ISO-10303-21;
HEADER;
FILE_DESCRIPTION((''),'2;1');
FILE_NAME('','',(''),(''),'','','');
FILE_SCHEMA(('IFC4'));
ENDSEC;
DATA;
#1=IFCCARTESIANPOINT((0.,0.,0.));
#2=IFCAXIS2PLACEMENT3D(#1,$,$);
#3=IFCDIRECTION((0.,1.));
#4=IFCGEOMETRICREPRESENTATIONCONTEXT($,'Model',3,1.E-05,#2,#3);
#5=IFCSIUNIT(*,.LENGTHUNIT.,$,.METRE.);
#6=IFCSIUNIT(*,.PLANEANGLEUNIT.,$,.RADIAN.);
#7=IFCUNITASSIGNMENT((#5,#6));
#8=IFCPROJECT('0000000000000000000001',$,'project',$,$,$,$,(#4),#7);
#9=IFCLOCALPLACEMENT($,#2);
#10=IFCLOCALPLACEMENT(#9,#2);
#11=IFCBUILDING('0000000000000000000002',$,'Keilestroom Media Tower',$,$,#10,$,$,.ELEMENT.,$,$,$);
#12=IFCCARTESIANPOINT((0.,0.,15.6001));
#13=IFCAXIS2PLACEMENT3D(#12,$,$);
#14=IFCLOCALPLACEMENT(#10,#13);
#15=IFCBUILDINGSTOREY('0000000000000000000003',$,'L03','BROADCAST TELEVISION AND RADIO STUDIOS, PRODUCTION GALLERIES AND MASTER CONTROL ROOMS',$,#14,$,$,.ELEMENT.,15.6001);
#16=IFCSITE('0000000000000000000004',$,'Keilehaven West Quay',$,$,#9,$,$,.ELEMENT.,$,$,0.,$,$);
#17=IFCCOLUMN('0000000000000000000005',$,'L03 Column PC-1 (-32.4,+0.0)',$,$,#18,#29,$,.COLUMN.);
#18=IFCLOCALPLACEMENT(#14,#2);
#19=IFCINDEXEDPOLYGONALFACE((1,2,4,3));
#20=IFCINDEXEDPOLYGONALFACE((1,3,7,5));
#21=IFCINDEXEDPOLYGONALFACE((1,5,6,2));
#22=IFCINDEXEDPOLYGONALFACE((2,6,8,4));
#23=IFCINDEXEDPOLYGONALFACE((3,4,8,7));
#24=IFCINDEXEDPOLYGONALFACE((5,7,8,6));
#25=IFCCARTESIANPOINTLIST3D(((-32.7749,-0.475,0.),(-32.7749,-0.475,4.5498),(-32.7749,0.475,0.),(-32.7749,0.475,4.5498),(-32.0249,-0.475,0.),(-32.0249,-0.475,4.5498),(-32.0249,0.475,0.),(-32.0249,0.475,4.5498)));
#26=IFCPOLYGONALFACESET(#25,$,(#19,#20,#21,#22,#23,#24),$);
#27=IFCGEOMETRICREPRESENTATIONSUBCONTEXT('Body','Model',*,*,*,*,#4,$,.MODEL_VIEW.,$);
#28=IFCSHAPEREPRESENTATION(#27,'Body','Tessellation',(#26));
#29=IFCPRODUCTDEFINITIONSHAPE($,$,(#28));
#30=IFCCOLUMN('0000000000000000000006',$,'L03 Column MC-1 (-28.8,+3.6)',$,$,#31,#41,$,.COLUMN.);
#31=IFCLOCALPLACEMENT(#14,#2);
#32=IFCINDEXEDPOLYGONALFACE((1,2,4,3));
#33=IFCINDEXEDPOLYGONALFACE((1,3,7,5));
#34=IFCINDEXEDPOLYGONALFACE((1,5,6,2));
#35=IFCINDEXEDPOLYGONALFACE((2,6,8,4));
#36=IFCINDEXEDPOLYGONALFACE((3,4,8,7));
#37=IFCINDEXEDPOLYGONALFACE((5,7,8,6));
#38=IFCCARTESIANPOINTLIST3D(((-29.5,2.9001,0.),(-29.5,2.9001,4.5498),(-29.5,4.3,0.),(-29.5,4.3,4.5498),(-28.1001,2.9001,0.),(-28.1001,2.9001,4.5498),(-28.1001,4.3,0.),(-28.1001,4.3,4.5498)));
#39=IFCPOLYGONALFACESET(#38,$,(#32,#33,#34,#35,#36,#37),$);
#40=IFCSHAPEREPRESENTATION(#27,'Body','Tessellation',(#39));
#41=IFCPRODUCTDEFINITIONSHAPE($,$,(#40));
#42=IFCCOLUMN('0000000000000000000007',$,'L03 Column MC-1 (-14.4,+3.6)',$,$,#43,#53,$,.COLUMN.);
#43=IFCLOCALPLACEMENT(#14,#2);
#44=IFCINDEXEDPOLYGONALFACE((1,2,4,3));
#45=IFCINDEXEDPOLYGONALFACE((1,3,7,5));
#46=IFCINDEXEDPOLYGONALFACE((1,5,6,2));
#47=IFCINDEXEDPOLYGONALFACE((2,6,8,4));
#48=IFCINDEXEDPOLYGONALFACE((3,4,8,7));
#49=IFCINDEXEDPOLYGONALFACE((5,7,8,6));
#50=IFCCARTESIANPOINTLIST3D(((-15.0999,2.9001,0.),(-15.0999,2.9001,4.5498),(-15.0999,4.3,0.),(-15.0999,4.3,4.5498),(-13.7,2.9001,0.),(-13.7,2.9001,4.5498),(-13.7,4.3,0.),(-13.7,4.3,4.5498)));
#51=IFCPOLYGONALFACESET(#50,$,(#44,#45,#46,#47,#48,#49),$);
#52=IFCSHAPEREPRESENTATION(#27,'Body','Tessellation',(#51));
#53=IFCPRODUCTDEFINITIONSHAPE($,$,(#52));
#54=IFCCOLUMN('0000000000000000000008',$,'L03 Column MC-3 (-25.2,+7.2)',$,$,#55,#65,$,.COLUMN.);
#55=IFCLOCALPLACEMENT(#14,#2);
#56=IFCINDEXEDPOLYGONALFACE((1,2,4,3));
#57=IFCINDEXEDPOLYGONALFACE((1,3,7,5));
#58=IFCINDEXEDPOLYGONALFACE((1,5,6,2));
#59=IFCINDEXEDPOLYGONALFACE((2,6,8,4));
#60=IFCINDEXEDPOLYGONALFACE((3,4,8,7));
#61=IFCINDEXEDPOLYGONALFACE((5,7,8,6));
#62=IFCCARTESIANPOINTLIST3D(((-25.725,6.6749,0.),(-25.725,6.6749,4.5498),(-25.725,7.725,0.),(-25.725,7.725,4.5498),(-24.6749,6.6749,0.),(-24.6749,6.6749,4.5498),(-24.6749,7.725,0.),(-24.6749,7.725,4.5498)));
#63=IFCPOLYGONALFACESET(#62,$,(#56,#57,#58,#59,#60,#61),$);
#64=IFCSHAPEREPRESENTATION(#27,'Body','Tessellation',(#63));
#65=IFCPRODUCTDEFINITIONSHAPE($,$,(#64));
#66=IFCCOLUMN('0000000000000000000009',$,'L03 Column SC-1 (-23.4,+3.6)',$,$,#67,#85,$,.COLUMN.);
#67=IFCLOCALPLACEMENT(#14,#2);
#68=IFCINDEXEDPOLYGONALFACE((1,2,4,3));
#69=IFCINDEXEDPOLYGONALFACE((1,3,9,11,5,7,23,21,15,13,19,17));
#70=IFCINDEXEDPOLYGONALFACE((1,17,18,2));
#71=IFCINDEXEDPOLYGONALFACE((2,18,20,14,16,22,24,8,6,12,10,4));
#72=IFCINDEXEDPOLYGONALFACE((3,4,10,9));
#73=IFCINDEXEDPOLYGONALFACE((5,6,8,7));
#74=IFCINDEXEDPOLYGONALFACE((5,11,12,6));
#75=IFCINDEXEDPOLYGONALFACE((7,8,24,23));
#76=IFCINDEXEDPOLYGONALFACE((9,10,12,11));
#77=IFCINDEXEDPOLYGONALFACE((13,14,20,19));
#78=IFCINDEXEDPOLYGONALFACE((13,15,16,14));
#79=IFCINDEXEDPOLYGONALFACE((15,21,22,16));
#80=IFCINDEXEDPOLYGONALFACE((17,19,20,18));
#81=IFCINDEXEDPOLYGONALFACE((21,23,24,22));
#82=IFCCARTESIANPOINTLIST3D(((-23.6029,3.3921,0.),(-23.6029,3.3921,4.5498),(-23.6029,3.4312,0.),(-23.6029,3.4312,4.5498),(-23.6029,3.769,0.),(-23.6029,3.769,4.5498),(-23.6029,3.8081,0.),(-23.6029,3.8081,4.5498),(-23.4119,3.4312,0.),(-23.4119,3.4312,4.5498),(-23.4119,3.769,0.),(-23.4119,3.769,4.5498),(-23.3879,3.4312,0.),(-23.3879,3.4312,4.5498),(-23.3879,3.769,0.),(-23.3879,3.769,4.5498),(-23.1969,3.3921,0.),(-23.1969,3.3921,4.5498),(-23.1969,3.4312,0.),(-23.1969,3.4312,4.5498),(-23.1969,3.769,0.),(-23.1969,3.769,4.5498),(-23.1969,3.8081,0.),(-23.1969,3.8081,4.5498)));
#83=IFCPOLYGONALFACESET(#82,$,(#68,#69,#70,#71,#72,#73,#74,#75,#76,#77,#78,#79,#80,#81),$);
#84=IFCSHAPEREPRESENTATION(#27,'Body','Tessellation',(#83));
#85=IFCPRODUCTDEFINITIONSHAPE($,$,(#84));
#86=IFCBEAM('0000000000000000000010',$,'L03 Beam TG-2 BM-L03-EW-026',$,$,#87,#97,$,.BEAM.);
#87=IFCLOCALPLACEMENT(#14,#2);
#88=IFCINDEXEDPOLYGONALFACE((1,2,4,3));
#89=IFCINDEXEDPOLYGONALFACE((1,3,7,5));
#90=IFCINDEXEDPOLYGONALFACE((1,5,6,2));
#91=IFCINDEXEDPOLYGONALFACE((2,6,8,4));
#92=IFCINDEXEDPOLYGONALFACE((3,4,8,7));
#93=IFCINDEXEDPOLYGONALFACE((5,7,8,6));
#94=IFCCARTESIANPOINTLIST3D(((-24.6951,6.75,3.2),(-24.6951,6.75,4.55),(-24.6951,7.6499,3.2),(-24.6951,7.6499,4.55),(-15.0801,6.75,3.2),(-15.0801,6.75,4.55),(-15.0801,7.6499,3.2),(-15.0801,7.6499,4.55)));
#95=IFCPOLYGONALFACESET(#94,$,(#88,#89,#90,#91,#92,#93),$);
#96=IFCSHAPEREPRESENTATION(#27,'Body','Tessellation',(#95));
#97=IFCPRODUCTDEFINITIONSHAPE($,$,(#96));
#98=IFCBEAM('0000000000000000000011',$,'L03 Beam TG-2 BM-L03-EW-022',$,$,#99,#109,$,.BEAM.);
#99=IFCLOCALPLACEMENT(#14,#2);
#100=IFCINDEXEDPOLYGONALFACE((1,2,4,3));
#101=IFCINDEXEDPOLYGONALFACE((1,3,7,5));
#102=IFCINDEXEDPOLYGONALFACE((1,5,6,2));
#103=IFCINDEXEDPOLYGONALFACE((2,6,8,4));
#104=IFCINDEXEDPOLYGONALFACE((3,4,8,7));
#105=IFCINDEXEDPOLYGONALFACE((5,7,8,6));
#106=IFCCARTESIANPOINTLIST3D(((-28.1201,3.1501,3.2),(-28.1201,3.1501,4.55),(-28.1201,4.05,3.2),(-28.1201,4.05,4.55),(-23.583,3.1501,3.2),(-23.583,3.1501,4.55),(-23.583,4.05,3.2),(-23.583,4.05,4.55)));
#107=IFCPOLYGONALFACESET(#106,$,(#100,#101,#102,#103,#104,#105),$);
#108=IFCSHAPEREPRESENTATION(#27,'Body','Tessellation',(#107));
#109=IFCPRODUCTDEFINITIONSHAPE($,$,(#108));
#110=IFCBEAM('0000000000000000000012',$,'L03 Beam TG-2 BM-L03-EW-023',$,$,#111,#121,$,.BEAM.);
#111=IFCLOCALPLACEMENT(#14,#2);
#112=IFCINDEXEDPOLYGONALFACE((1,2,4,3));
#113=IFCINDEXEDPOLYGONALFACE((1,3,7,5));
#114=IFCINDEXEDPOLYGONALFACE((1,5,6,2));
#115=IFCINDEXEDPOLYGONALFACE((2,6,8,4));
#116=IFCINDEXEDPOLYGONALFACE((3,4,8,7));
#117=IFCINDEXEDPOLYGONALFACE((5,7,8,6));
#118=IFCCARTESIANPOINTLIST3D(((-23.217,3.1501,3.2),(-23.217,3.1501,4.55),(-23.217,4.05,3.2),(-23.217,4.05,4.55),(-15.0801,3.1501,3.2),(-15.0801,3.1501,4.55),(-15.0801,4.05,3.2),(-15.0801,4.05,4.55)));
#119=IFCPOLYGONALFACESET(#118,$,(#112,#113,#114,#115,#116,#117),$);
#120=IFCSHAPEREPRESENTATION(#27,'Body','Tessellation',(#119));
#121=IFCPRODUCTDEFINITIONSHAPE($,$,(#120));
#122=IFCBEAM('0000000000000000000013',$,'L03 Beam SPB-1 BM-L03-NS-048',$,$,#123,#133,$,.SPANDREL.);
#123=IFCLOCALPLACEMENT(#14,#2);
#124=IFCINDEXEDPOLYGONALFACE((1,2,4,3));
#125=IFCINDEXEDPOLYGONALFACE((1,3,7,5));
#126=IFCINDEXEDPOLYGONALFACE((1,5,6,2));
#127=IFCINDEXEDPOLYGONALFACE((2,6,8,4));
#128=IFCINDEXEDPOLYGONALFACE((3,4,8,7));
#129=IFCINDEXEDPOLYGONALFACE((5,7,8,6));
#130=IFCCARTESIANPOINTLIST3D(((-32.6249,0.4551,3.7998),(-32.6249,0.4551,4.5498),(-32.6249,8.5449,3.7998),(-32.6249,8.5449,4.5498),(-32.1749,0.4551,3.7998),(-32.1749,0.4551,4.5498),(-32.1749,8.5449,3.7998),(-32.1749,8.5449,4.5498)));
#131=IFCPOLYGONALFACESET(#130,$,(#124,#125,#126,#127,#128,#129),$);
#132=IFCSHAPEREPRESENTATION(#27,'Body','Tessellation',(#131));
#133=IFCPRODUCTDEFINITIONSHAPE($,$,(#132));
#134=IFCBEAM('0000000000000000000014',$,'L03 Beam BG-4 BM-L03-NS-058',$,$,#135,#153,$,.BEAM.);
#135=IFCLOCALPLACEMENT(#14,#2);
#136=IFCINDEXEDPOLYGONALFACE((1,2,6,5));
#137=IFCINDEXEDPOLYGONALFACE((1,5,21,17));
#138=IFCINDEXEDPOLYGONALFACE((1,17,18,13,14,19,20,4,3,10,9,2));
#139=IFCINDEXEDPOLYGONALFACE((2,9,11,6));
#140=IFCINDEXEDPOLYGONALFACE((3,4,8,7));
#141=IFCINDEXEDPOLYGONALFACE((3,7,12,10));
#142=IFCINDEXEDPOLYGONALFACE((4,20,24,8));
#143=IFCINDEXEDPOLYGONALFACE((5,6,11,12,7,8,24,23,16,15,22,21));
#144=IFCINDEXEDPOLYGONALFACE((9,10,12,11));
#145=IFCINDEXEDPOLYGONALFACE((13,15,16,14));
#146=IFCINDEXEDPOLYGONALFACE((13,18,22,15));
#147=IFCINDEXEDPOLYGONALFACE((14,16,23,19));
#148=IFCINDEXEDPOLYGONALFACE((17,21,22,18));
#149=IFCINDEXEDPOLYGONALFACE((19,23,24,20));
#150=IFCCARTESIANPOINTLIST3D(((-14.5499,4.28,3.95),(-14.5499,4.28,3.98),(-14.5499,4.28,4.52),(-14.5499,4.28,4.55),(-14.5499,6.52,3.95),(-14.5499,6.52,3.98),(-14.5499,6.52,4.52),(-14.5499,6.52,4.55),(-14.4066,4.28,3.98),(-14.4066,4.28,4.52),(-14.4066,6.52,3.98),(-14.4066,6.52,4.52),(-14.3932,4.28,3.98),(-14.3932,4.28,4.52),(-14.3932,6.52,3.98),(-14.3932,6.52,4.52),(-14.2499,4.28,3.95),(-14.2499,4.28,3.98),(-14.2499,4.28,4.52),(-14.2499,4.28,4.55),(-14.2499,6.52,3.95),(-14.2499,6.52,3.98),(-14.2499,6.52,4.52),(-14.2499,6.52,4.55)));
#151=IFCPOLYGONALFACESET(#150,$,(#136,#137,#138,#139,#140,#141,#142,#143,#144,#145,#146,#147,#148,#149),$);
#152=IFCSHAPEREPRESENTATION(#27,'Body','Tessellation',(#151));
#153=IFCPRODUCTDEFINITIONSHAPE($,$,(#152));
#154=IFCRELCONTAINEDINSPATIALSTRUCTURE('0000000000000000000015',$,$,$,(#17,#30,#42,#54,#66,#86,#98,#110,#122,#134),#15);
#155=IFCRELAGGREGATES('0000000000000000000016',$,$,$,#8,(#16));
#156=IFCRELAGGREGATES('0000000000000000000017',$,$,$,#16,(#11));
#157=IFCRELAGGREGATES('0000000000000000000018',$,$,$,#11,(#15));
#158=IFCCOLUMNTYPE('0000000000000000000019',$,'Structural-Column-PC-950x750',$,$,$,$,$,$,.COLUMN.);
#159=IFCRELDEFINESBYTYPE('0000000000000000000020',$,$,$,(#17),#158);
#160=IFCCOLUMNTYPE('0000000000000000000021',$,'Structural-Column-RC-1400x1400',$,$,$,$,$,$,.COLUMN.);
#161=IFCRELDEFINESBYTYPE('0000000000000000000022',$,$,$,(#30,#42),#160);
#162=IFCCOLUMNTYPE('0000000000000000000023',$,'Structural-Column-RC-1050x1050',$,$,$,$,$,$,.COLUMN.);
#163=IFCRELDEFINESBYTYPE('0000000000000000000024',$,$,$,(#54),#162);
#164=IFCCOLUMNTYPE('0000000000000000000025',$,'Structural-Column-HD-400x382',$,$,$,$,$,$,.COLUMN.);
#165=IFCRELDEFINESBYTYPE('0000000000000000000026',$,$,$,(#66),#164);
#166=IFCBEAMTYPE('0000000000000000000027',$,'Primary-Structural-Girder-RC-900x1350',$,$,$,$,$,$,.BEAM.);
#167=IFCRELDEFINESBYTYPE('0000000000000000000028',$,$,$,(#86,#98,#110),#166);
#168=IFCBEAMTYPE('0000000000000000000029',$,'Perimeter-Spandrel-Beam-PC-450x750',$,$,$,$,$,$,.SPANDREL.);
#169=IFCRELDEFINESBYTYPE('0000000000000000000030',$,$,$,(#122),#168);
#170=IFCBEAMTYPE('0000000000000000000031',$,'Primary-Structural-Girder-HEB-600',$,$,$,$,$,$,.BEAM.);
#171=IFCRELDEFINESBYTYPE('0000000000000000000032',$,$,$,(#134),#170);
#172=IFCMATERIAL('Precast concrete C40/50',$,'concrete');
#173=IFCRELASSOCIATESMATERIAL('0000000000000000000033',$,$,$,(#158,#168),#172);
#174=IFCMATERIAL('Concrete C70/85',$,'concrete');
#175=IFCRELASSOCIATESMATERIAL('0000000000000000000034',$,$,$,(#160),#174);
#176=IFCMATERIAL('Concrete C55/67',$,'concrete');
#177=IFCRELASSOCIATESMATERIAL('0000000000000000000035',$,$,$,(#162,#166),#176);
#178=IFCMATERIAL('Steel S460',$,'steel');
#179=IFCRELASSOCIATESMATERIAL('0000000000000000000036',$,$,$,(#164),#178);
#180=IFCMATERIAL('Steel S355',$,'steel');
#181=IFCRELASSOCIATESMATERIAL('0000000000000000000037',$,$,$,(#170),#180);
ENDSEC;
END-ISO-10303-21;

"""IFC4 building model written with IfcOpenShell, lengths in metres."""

from ifc_helpers import new_model, si_unit, direction, frame, origin, origin_2d, place, context, subcontext, project, spatial, rectangle, i_section, extrude, source, transform, mapped, material, material_profile, profile_set, type_object, element, save


model = new_model("IFC4")

# Units and contexts
model_context = context("Model", 3, precision=1e-05, world=origin(), true_north=direction((0.0, 1.0)))
body_context = subcontext(model_context, "Body", "Model", "MODEL_VIEW")
ifc_project = project(units=[si_unit("LENGTHUNIT", "METRE"), si_unit("PLANEANGLEUNIT", "RADIAN")], contexts=[model_context])

# Site, building, storey
site_placement = place(None, origin())
site = spatial("IfcSite", under=ifc_project, at=site_placement, Name="Keilehaven West Quay", CompositionType="ELEMENT", RefElevation=0.0)
building_placement = place(site_placement, origin())
building = spatial("IfcBuilding", under=site, at=building_placement, Name="Keilestroom Media Tower", CompositionType="ELEMENT")
storey_placement = place(building_placement, frame((0.0, 0.0, 15.6001)))
storey = spatial("IfcBuildingStorey", under=building, at=storey_placement, Name="L03", Description="BROADCAST TELEVISION AND RADIO STUDIOS, PRODUCTION GALLERIES AND MASTER CONTROL ROOMS", CompositionType="ELEMENT", Elevation=15.6001)

# Columns
ifc_material_1 = material(Name="Precast concrete C40/50", Category="concrete")
ifc_material_profile_1 = material_profile(ifc_material_1, rectangle(XDim=0.75, YDim=0.95, at=origin_2d()), Name="PC 950x750")
ifc_profile_set_1 = profile_set([ifc_material_profile_1], Name="Precast concrete C40/50")
column_type_1 = type_object("IfcColumnType", Name="Structural-Column-PC-950x750", PredefinedType="COLUMN", material=ifc_profile_set_1)
shared_shape_1 = source(origin(), body_context, "Body", "SweptSolid", [
    extrude(rectangle(XDim=0.75, YDim=0.95, at=origin_2d()), origin(), (0.0, 0.0, 1.0), 4.5498),
])
column_1_placement = place(storey_placement, frame((-32.3999, 0.0, 0.0), z_axis=(0.0, 0.0, 1.0), x_axis=(1.0, 0.0, 0.0)))
element("IfcColumn", 1, at=column_1_placement, inside=storey, type_object=column_type_1, Name="L03 Column PC-1 (-32.4,+0.0)", PredefinedType="COLUMN", context=body_context, shape_type="MappedRepresentation", body=[
    mapped(shared_shape_1, transform((0.0, 0.0, 0.0), x_axis=(1.0, 0.0, 0.0), y_axis=(0.0, 1.0, 0.0), z_axis=(0.0, 0.0, 1.0), scale=1.0)),
])
ifc_material_2 = material(Name="Concrete C70/85", Category="concrete")
ifc_material_profile_2 = material_profile(ifc_material_2, rectangle(XDim=1.3999, YDim=1.3999, at=origin_2d()), Name="RC 1400x1400")
ifc_profile_set_2 = profile_set([ifc_material_profile_2], Name="Concrete C70/85")
column_type_2 = type_object("IfcColumnType", Name="Structural-Column-RC-1400x1400", PredefinedType="COLUMN", material=ifc_profile_set_2)
shared_shape_2 = source(origin(), body_context, "Body", "SweptSolid", [
    extrude(rectangle(XDim=1.3999, YDim=1.3999, at=origin_2d()), origin(), (0.0, 0.0, 1.0), 4.5498),
])
for number, where, z_axis, x_axis, name in (
    (2, (-28.8, 3.6001, 0.0), (0.0, 0.0, 1.0), (1.0, 0.0, 0.0), "L03 Column MC-1 (-28.8,+3.6)"),
    (3, (-14.3999, 3.6001, 0.0), (0.0, 0.0, 1.0), (1.0, 0.0, 0.0), "L03 Column MC-1 (-14.4,+3.6)"),
):
    element("IfcColumn", number, at=place(storey_placement, frame(where, z_axis=z_axis, x_axis=x_axis)), inside=storey, type_object=column_type_2, Name=name, PredefinedType="COLUMN", context=body_context, shape_type="MappedRepresentation", body=[
        mapped(shared_shape_2, transform((0.0, 0.0, 0.0), x_axis=(1.0, 0.0, 0.0), y_axis=(0.0, 1.0, 0.0), z_axis=(0.0, 0.0, 1.0), scale=1.0)),
    ])
ifc_material_3 = material(Name="Concrete C55/67", Category="concrete")
ifc_material_profile_3 = material_profile(ifc_material_3, rectangle(XDim=1.05, YDim=1.05, at=origin_2d()), Name="RC 1050x1050")
ifc_profile_set_3 = profile_set([ifc_material_profile_3], Name="Concrete C55/67")
column_type_3 = type_object("IfcColumnType", Name="Structural-Column-RC-1050x1050", PredefinedType="COLUMN", material=ifc_profile_set_3)
shared_shape_3 = source(origin(), body_context, "Body", "SweptSolid", [
    extrude(rectangle(XDim=1.05, YDim=1.05, at=origin_2d()), origin(), (0.0, 0.0, 1.0), 4.5498),
])
column_2_placement = place(storey_placement, frame((-25.2, 7.2, 0.0), z_axis=(0.0, 0.0, 1.0), x_axis=(1.0, 0.0, 0.0)))
element("IfcColumn", 4, at=column_2_placement, inside=storey, type_object=column_type_3, Name="L03 Column MC-3 (-25.2,+7.2)", PredefinedType="COLUMN", context=body_context, shape_type="MappedRepresentation", body=[
    mapped(shared_shape_3, transform((0.0, 0.0, 0.0), x_axis=(1.0, 0.0, 0.0), y_axis=(0.0, 1.0, 0.0), z_axis=(0.0, 0.0, 1.0), scale=1.0)),
])
ifc_material_4 = material(Name="Steel S460", Category="steel")
ifc_material_profile_4 = material_profile(ifc_material_4, i_section(OverallWidth=0.406, OverallDepth=0.416, WebThickness=0.0239, FlangeThickness=0.0391, at=origin_2d()), Name="HD 400x382")
ifc_profile_set_4 = profile_set([ifc_material_profile_4], Name="Steel S460")
column_type_4 = type_object("IfcColumnType", Name="Structural-Column-HD-400x382", PredefinedType="COLUMN", material=ifc_profile_set_4)
shared_shape_4 = source(origin(), body_context, "Body", "SweptSolid", [
    extrude(i_section(OverallWidth=0.406, OverallDepth=0.416, WebThickness=0.0239, FlangeThickness=0.0391, at=origin_2d()), origin(), (0.0, 0.0, 1.0), 4.5498),
])
column_3_placement = place(storey_placement, frame((-23.3999, 3.6001, 0.0), z_axis=(0.0, 0.0, 1.0), x_axis=(1.0, 0.0, 0.0)))
element("IfcColumn", 5, at=column_3_placement, inside=storey, type_object=column_type_4, Name="L03 Column SC-1 (-23.4,+3.6)", PredefinedType="COLUMN", context=body_context, shape_type="MappedRepresentation", body=[
    mapped(shared_shape_4, transform((0.0, 0.0, 0.0), x_axis=(1.0, 0.0, 0.0), y_axis=(0.0, 1.0, 0.0), z_axis=(0.0, 0.0, 1.0), scale=1.0)),
])

# Beams
ifc_material_profile_5 = material_profile(ifc_material_3, rectangle(XDim=0.8999, YDim=1.3501, at=origin_2d()), Name="RC 900x1350")
ifc_profile_set_5 = profile_set([ifc_material_profile_5], Name="Concrete C55/67")
beam_type_1 = type_object("IfcBeamType", Name="Primary-Structural-Girder-RC-900x1350", PredefinedType="BEAM", material=ifc_profile_set_5)
shared_shape_5 = source(origin(), body_context, "Body", "SweptSolid", [
    extrude(rectangle(XDim=0.8999, YDim=1.3501, at=origin_2d()), origin(), (0.0, 0.0, 1.0), 9.615),
])
beam_1_placement = place(storey_placement, frame((-24.6951, 7.2, 3.875), z_axis=(1.0, 0.0, 0.0), x_axis=(0.0, 1.0, 0.0)))
element("IfcBeam", 6, at=beam_1_placement, inside=storey, type_object=beam_type_1, Name="L03 Beam TG-2 BM-L03-EW-026", PredefinedType="BEAM", context=body_context, shape_type="MappedRepresentation", body=[
    mapped(shared_shape_5, transform((0.0, 0.0, 0.0), x_axis=(1.0, 0.0, 0.0), y_axis=(0.0, 1.0, 0.0), z_axis=(0.0, 0.0, 1.0), scale=1.0)),
])
shared_shape_6 = source(origin(), body_context, "Body", "SweptSolid", [
    extrude(rectangle(XDim=0.8999, YDim=1.3501, at=origin_2d()), origin(), (0.0, 0.0, 1.0), 4.5371),
])
beam_2_placement = place(storey_placement, frame((-28.1201, 3.6001, 3.875), z_axis=(1.0, 0.0, 0.0), x_axis=(0.0, 1.0, 0.0)))
element("IfcBeam", 7, at=beam_2_placement, inside=storey, type_object=beam_type_1, Name="L03 Beam TG-2 BM-L03-EW-022", PredefinedType="BEAM", context=body_context, shape_type="MappedRepresentation", body=[
    mapped(shared_shape_6, transform((0.0, 0.0, 0.0), x_axis=(1.0, 0.0, 0.0), y_axis=(0.0, 1.0, 0.0), z_axis=(0.0, 0.0, 1.0), scale=1.0)),
])
shared_shape_7 = source(origin(), body_context, "Body", "SweptSolid", [
    extrude(rectangle(XDim=0.8999, YDim=1.3501, at=origin_2d()), origin(), (0.0, 0.0, 1.0), 8.137),
])
beam_3_placement = place(storey_placement, frame((-23.217, 3.6001, 3.875), z_axis=(1.0, 0.0, 0.0), x_axis=(0.0, 1.0, 0.0)))
element("IfcBeam", 8, at=beam_3_placement, inside=storey, type_object=beam_type_1, Name="L03 Beam TG-2 BM-L03-EW-023", PredefinedType="BEAM", context=body_context, shape_type="MappedRepresentation", body=[
    mapped(shared_shape_7, transform((0.0, 0.0, 0.0), x_axis=(1.0, 0.0, 0.0), y_axis=(0.0, 1.0, 0.0), z_axis=(0.0, 0.0, 1.0), scale=1.0)),
])
ifc_material_profile_6 = material_profile(ifc_material_1, rectangle(XDim=0.45, YDim=0.75, at=origin_2d()), Name="PC 450x750")
ifc_profile_set_6 = profile_set([ifc_material_profile_6], Name="Precast concrete C40/50")
beam_type_2 = type_object("IfcBeamType", Name="Perimeter-Spandrel-Beam-PC-450x750", PredefinedType="SPANDREL", material=ifc_profile_set_6)
shared_shape_8 = source(origin(), body_context, "Body", "SweptSolid", [
    extrude(rectangle(XDim=0.45, YDim=0.75, at=origin_2d()), origin(), (0.0, 0.0, 1.0), 8.0898),
])
beam_4_placement = place(storey_placement, frame((-32.3999, 0.4551, 4.1748), z_axis=(0.0, 1.0, 0.0), x_axis=(-1.0, 0.0, 0.0)))
element("IfcBeam", 9, at=beam_4_placement, inside=storey, type_object=beam_type_2, Name="L03 Beam SPB-1 BM-L03-NS-048", PredefinedType="SPANDREL", context=body_context, shape_type="MappedRepresentation", body=[
    mapped(shared_shape_8, transform((0.0, 0.0, 0.0), x_axis=(1.0, 0.0, 0.0), y_axis=(0.0, 1.0, 0.0), z_axis=(0.0, 0.0, 1.0), scale=1.0)),
])
ifc_material_5 = material(Name="Steel S355", Category="steel")
ifc_material_profile_7 = material_profile(ifc_material_5, i_section(OverallWidth=0.3, OverallDepth=0.6001, WebThickness=0.0134, FlangeThickness=0.03, at=origin_2d()), Name="HEB 600")
ifc_profile_set_7 = profile_set([ifc_material_profile_7], Name="Steel S355")
beam_type_3 = type_object("IfcBeamType", Name="Primary-Structural-Girder-HEB-600", PredefinedType="BEAM", material=ifc_profile_set_7)
shared_shape_9 = source(origin(), body_context, "Body", "SweptSolid", [
    extrude(i_section(OverallWidth=0.3, OverallDepth=0.6001, WebThickness=0.0134, FlangeThickness=0.03, at=origin_2d()), origin(), (0.0, 0.0, 1.0), 2.24),
])
beam_5_placement = place(storey_placement, frame((-14.3999, 4.28, 4.25), z_axis=(0.0, 1.0, 0.0), x_axis=(-1.0, 0.0, 0.0)))
element("IfcBeam", 10, at=beam_5_placement, inside=storey, type_object=beam_type_3, Name="L03 Beam BG-4 BM-L03-NS-058", PredefinedType="BEAM", context=body_context, shape_type="MappedRepresentation", body=[
    mapped(shared_shape_9, transform((0.0, 0.0, 0.0), x_axis=(1.0, 0.0, 0.0), y_axis=(0.0, 1.0, 0.0), z_axis=(0.0, 0.0, 1.0), scale=1.0)),
])

save(model, "model.ifc")
